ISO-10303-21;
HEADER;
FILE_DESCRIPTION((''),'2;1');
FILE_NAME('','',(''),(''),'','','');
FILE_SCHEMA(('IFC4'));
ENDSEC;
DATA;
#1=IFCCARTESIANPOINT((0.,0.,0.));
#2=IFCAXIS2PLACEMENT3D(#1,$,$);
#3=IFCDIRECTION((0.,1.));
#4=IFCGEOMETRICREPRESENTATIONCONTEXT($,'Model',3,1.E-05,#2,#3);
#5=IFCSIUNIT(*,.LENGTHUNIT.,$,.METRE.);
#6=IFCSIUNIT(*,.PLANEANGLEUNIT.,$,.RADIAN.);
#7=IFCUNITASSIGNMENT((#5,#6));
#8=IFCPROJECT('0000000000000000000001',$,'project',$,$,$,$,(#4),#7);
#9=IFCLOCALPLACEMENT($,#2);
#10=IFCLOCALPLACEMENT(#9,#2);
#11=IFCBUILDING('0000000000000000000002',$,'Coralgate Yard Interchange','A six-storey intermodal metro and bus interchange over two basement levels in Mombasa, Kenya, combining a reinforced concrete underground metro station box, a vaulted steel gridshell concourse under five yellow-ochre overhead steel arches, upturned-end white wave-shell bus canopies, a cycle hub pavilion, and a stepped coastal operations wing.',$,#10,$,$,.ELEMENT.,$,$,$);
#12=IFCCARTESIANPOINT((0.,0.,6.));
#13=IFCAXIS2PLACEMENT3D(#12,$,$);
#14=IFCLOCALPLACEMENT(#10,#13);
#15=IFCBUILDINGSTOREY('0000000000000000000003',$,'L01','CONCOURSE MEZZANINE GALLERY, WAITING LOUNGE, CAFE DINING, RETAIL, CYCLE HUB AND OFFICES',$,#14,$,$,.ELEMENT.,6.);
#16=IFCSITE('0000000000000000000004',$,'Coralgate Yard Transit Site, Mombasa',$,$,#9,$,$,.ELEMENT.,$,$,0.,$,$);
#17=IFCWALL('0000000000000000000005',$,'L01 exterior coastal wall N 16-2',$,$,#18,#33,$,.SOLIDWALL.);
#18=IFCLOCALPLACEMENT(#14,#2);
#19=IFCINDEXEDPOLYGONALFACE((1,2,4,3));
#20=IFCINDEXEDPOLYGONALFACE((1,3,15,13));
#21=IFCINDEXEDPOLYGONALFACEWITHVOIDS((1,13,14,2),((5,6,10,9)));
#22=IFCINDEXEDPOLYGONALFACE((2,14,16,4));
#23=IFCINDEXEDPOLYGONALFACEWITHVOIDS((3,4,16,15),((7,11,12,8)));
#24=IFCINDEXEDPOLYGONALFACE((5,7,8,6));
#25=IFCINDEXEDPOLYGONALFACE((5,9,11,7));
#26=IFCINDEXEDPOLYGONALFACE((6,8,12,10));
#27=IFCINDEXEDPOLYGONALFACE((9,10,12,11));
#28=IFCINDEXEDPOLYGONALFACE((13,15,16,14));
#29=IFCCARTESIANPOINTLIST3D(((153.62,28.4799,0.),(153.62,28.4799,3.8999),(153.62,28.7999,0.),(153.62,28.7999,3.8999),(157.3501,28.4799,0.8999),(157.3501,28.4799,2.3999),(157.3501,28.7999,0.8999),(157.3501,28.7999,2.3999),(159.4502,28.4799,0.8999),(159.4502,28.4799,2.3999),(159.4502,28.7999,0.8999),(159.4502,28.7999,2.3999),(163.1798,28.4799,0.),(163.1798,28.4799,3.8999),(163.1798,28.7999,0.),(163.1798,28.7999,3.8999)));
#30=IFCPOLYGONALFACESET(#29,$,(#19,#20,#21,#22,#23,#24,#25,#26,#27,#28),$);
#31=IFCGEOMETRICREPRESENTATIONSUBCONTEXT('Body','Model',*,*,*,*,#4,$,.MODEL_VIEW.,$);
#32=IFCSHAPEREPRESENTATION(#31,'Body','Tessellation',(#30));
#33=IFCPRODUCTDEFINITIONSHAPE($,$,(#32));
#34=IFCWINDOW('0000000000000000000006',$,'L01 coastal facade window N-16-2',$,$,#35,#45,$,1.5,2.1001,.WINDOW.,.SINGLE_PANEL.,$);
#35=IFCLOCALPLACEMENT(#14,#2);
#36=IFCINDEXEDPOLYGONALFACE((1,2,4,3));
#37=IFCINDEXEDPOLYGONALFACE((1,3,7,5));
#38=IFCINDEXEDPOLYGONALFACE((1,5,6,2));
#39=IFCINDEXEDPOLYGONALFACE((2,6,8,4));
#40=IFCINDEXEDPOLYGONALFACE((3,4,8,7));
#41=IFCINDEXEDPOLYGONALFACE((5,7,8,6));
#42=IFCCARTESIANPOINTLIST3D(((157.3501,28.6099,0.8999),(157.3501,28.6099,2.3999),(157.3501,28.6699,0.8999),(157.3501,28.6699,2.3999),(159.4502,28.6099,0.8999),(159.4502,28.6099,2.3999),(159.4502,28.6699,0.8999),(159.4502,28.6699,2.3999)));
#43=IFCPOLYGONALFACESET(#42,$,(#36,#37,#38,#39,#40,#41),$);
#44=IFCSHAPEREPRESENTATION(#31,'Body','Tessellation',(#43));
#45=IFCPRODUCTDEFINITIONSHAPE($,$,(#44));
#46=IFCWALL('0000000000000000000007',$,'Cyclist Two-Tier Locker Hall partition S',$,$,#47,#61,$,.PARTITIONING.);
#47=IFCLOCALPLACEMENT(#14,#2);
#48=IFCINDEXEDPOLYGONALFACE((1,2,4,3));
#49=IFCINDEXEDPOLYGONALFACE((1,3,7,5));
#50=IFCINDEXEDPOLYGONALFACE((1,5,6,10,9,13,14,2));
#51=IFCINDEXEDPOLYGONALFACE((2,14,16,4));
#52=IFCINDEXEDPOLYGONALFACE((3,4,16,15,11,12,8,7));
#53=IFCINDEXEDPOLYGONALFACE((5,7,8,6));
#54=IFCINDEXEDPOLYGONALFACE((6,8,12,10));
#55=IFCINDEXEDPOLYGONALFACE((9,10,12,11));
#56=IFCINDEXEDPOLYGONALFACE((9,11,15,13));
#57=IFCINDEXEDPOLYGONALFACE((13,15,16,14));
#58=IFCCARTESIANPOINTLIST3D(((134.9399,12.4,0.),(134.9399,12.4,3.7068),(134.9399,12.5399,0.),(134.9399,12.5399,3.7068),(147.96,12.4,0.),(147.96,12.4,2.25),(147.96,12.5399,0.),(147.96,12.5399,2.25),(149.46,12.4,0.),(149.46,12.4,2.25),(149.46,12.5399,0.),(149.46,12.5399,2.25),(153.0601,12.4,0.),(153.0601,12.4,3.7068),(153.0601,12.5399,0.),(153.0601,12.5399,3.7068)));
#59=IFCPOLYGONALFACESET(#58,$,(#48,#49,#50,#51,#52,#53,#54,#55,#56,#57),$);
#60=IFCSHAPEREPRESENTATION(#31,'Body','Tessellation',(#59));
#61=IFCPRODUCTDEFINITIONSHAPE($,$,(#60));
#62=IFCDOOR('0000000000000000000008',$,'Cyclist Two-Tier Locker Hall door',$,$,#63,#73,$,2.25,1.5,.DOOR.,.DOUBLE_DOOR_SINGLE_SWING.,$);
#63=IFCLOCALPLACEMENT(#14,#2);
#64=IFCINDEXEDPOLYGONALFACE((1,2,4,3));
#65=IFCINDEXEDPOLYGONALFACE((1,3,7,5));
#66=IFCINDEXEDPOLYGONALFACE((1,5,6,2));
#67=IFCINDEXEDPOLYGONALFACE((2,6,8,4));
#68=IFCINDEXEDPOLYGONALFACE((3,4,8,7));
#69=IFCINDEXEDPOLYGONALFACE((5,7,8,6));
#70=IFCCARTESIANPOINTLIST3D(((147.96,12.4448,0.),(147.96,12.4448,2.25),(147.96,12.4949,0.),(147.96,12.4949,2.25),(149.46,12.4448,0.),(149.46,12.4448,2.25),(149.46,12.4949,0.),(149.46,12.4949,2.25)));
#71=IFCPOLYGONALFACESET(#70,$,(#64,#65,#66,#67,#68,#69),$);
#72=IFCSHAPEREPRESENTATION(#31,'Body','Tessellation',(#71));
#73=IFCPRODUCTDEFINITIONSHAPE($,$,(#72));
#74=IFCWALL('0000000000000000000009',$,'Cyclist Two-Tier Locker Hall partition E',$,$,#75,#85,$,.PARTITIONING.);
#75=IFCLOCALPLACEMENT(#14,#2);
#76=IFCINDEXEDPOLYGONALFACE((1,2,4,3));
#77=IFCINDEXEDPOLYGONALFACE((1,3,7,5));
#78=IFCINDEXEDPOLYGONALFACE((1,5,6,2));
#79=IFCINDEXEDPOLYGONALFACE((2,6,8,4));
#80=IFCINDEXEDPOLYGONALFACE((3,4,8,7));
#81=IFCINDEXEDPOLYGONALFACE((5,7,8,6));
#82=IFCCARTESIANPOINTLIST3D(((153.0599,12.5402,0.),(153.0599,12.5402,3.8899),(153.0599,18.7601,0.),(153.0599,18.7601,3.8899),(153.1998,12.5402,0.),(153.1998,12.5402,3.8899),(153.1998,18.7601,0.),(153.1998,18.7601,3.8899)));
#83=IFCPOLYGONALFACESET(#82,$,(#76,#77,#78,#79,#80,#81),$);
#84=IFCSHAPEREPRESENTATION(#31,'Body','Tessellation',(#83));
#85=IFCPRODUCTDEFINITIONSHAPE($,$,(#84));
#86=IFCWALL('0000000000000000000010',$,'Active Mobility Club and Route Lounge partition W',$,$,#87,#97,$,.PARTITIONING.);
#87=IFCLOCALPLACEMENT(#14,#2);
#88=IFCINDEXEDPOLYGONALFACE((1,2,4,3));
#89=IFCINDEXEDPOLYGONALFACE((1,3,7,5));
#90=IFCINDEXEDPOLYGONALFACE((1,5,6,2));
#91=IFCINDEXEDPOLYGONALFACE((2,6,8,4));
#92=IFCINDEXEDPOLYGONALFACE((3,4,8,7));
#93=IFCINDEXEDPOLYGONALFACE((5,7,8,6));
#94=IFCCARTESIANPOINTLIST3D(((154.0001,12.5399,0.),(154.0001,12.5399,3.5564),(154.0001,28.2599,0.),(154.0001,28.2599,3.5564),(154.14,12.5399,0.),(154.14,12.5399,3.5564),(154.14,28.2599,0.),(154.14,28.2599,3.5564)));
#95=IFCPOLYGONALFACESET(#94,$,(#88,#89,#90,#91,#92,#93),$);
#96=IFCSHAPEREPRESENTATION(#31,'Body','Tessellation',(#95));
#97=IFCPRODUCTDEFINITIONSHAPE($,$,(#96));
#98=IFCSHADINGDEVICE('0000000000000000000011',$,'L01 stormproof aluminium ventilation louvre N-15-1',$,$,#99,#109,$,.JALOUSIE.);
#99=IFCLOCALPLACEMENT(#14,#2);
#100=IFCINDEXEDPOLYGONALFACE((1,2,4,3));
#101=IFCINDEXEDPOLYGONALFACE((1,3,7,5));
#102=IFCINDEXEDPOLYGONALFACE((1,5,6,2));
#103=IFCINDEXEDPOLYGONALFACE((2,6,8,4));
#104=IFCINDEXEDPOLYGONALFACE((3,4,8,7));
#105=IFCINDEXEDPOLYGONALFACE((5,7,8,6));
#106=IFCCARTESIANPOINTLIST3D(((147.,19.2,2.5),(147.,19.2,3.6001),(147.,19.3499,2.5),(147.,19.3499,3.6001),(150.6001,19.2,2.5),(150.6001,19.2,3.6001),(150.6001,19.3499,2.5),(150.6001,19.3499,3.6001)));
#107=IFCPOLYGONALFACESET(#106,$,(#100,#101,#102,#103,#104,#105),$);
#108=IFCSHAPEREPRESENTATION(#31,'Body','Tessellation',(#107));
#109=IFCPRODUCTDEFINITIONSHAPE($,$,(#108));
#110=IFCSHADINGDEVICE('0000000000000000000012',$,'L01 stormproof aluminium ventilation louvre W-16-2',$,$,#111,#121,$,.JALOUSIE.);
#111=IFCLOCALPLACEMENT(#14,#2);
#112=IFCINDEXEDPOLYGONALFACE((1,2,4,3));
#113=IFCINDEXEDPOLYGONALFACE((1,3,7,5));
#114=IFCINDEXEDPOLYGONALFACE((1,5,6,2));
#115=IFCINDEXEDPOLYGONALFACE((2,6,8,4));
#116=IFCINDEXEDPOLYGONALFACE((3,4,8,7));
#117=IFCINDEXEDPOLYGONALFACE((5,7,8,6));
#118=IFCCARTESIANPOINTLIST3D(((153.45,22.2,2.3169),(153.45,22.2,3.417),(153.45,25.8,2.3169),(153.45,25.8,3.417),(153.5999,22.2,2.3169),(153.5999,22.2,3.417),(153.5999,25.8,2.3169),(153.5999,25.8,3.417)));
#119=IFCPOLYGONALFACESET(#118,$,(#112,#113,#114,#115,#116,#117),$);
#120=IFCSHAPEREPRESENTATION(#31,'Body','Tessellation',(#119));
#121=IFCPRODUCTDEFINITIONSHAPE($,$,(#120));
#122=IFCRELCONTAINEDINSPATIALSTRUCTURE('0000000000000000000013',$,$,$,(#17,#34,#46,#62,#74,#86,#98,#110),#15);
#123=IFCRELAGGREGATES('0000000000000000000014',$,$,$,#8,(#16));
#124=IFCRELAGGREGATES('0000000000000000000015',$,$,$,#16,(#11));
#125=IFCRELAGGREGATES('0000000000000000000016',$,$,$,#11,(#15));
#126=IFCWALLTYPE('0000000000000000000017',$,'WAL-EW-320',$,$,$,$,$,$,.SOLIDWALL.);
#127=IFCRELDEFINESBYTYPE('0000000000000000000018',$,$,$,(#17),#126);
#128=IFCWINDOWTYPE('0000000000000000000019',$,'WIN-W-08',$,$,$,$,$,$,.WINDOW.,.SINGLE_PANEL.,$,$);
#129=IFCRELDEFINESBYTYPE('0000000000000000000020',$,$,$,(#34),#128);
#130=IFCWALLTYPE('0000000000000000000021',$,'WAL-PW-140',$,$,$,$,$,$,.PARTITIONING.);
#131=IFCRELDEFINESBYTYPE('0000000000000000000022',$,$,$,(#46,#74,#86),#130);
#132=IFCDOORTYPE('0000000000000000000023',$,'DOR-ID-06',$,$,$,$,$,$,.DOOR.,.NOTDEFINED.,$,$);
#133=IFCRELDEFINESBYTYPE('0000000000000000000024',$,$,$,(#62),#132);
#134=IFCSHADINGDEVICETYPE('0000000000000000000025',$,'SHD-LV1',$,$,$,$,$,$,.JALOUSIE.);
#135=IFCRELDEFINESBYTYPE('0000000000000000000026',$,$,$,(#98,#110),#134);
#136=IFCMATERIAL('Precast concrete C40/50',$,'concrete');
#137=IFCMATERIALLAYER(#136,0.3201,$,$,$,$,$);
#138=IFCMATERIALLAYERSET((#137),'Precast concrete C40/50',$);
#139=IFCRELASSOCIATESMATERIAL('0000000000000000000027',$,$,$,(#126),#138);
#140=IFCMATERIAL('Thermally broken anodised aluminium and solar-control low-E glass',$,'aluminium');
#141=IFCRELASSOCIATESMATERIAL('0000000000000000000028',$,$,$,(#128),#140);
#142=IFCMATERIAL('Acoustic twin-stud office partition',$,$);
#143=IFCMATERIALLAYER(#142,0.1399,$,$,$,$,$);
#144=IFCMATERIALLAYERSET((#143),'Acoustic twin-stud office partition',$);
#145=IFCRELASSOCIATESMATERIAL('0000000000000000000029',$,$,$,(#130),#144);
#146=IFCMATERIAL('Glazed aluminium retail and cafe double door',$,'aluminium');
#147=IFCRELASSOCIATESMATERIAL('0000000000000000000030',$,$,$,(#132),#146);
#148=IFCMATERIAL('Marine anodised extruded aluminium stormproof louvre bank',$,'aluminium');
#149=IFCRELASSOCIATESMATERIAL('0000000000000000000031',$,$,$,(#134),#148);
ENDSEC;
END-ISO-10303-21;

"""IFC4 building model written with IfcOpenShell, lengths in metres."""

from ifc_helpers import new_model, si_unit, direction, frame, frame_2d, origin, origin_2d, place, context, subcontext, project, spatial, rectangle, extrude, material, layer, layer_set, type_object, element, fill, save


model = new_model("IFC4")

# Units and contexts
model_context = context("Model", 3, precision=1e-05, world=origin(), true_north=direction((0.0, 1.0)))
body_context = subcontext(model_context, "Body", "Model", "MODEL_VIEW")
ifc_project = project(units=[si_unit("LENGTHUNIT", "METRE"), si_unit("PLANEANGLEUNIT", "RADIAN")], contexts=[model_context])

# Site, building, storey
site_placement = place(None, origin())
site = spatial("IfcSite", under=ifc_project, at=site_placement, Name="Coralgate Yard Transit Site, Mombasa", CompositionType="ELEMENT", RefElevation=0.0)
building_placement = place(site_placement, origin())
building = spatial("IfcBuilding", under=site, at=building_placement, Name="Coralgate Yard Interchange", Description="A six-storey intermodal metro and bus interchange over two basement levels in Mombasa, Kenya, combining a reinforced concrete underground metro station box, a vaulted steel gridshell concourse under five yellow-ochre overhead steel arches, upturned-end white wave-shell bus canopies, a cycle hub pavilion, and a stepped coastal operations wing.", CompositionType="ELEMENT")
storey_placement = place(building_placement, frame((0.0, 0.0, 6.0)))
storey = spatial("IfcBuildingStorey", under=building, at=storey_placement, Name="L01", Description="CONCOURSE MEZZANINE GALLERY, WAITING LOUNGE, CAFE DINING, RETAIL, CYCLE HUB AND OFFICES", CompositionType="ELEMENT", Elevation=6.0)

# Wall, opening, window
ifc_material_1 = material(Name="Precast concrete C40/50", Category="concrete")
ifc_layer_1 = layer(ifc_material_1, 0.3201)
ifc_layer_set_1 = layer_set([ifc_layer_1], Name="Precast concrete C40/50")
wall_type_1 = type_object("IfcWallType", Name="WAL-EW-320", PredefinedType="SOLIDWALL", material=ifc_layer_set_1)
ifc_material_2 = material(Name="Thermally broken anodised aluminium and solar-control low-E glass", Category="aluminium")
window_type_1 = type_object("IfcWindowType", Name="WIN-W-08", PartitioningType="SINGLE_PANEL", PredefinedType="WINDOW", material=ifc_material_2)
wall_1_placement = place(storey_placement, frame((153.6201, 28.6399, 0.0), z_axis=(0.0, 0.0, 1.0), x_axis=(1.0, 0.0, 0.0)))
wall_1 = element("IfcWall", 1, at=wall_1_placement, inside=storey, type_object=wall_type_1, Name="L01 exterior coastal wall N 16-2", PredefinedType="SOLIDWALL", context=body_context, shape_type="SweptSolid", body=[
    extrude(rectangle(XDim=9.5598, YDim=0.3201, at=frame_2d((4.7798, 0.0))), origin(), (0.0, 0.0, 1.0), 3.8999),
])
opening_1_placement = place(wall_1_placement, frame((3.73, 0.0, 0.8999)))
opening_1 = element("IfcOpeningElement", 2, at=opening_1_placement, cuts=wall_1, PredefinedType="OPENING", context=body_context, shape_type="SweptSolid", body=[
    extrude(rectangle(XDim=2.1001, YDim=1.5, at=frame_2d((1.05, 0.75))), frame((0.0, 0.1699, 0.0), z_axis=(0.0, -1.0, 0.0), x_axis=(1.0, 0.0, 0.0)), (0.0, 0.0, 1.0), 0.3401),
])
window_1_placement = place(opening_1_placement, origin())
window_1 = element("IfcWindow", 3, at=window_1_placement, inside=storey, type_object=window_type_1, Name="L01 coastal facade window N-16-2", OverallHeight=1.5, OverallWidth=2.1001, PartitioningType="SINGLE_PANEL", PredefinedType="WINDOW", context=body_context, shape_type="SweptSolid", body=[
    extrude(rectangle(XDim=2.1001, YDim=1.5, at=frame_2d((1.05, 0.75))), frame((0.0, 0.03, 0.0), z_axis=(0.0, -1.0, 0.0), x_axis=(1.0, 0.0, 0.0)), (0.0, 0.0, 1.0), 0.0601),
])
fill(opening_1, window_1)

# Wall, opening, door
ifc_material_3 = material(Name="Acoustic twin-stud office partition")
ifc_layer_2 = layer(ifc_material_3, 0.1399)
ifc_layer_set_2 = layer_set([ifc_layer_2], Name="Acoustic twin-stud office partition")
wall_type_2 = type_object("IfcWallType", Name="WAL-PW-140", PredefinedType="PARTITIONING", material=ifc_layer_set_2)
wall_2_placement = place(storey_placement, frame((153.0601, 12.47, 0.0), z_axis=(0.0, 0.0, 1.0), x_axis=(-1.0, 0.0, 0.0)))
wall_2 = element("IfcWall", 4, at=wall_2_placement, inside=storey, type_object=wall_type_2, Name="Cyclist Two-Tier Locker Hall partition S", PredefinedType="PARTITIONING", context=body_context, shape_type="SweptSolid", body=[
    extrude(rectangle(XDim=18.1201, YDim=0.1399, at=frame_2d((9.0601, 0.0))), origin(), (0.0, 0.0, 1.0), 3.7068),
])
opening_2_placement = place(wall_2_placement, frame((3.6001, 0.0, 0.0)))
opening_2 = element("IfcOpeningElement", 5, at=opening_2_placement, cuts=wall_2, PredefinedType="OPENING", context=body_context, shape_type="SweptSolid", body=[
    extrude(rectangle(XDim=1.5, YDim=2.25, at=frame_2d((0.75, 1.125))), frame((0.0, 0.0798, 0.0), z_axis=(0.0, -1.0, 0.0), x_axis=(1.0, 0.0, 0.0)), (0.0, 0.0, 1.0), 0.1599),
])
ifc_material_4 = material(Name="Glazed aluminium retail and cafe double door", Category="aluminium")
door_type = type_object("IfcDoorType", Name="DOR-ID-06", OperationType="NOTDEFINED", PredefinedType="DOOR", material=ifc_material_4)
door_placement = place(opening_2_placement, frame((1.5, 0.0, 0.0), z_axis=(0.0, 0.0, 1.0), x_axis=(-1.0, 0.0, 0.0)))
door = element("IfcDoor", 6, at=door_placement, inside=storey, type_object=door_type, Name="Cyclist Two-Tier Locker Hall door", OperationType="DOUBLE_DOOR_SINGLE_SWING", OverallHeight=2.25, OverallWidth=1.5, PredefinedType="DOOR", context=body_context, shape_type="SweptSolid", body=[
    extrude(rectangle(XDim=1.5, YDim=2.25, at=frame_2d((0.75, 1.125))), frame((0.0, 0.0249, 0.0), z_axis=(0.0, -1.0, 0.0), x_axis=(1.0, 0.0, 0.0)), (0.0, 0.0, 1.0), 0.05),
])
fill(opening_2, door)

# Walls
wall_3_placement = place(storey_placement, frame((153.1299, 18.76, 0.0), z_axis=(0.0, 0.0, 1.0), x_axis=(0.0, -1.0, 0.0)))
element("IfcWall", 7, at=wall_3_placement, inside=storey, type_object=wall_type_2, Name="Cyclist Two-Tier Locker Hall partition E", PredefinedType="PARTITIONING", context=body_context, shape_type="SweptSolid", body=[
    extrude(rectangle(XDim=6.22, YDim=0.1399, at=frame_2d((3.1099, 0.0))), origin(), (0.0, 0.0, 1.0), 3.8899),
])
wall_4_placement = place(storey_placement, frame((154.0701, 12.54, 0.0), z_axis=(0.0, 0.0, 1.0), x_axis=(0.0, 1.0, 0.0)))
element("IfcWall", 8, at=wall_4_placement, inside=storey, type_object=wall_type_2, Name="Active Mobility Club and Route Lounge partition W", PredefinedType="PARTITIONING", context=body_context, shape_type="SweptSolid", body=[
    extrude(rectangle(XDim=15.72, YDim=0.1399, at=frame_2d((7.8599, 0.0))), origin(), (0.0, 0.0, 1.0), 3.5564),
])

# Shading devices
ifc_material_5 = material(Name="Marine anodised extruded aluminium stormproof louvre bank", Category="aluminium")
shading_device_type = type_object("IfcShadingDeviceType", Name="SHD-LV1", PredefinedType="JALOUSIE", material=ifc_material_5)
for number, where, z_axis, x_axis, name in (
    (9, (148.8, 19.2749, 2.5), (0.0, 0.0, 1.0), (1.0, 0.0, 0.0), "L01 stormproof aluminium ventilation louvre N-15-1"),
    (10, (153.5249, 24.0, 2.3169), (0.0, 0.0, 1.0), (0.0, 1.0, 0.0), "L01 stormproof aluminium ventilation louvre W-16-2"),
):
    element("IfcShadingDevice", number, at=place(storey_placement, frame(where, z_axis=z_axis, x_axis=x_axis)), inside=storey, type_object=shading_device_type, Name=name, PredefinedType="JALOUSIE", context=body_context, shape_type="SweptSolid", body=[
        extrude(rectangle(XDim=3.6001, YDim=0.1499, at=origin_2d()), origin(), (0.0, 0.0, 1.0), 1.1001),
    ])

save(model, "model.ifc")
